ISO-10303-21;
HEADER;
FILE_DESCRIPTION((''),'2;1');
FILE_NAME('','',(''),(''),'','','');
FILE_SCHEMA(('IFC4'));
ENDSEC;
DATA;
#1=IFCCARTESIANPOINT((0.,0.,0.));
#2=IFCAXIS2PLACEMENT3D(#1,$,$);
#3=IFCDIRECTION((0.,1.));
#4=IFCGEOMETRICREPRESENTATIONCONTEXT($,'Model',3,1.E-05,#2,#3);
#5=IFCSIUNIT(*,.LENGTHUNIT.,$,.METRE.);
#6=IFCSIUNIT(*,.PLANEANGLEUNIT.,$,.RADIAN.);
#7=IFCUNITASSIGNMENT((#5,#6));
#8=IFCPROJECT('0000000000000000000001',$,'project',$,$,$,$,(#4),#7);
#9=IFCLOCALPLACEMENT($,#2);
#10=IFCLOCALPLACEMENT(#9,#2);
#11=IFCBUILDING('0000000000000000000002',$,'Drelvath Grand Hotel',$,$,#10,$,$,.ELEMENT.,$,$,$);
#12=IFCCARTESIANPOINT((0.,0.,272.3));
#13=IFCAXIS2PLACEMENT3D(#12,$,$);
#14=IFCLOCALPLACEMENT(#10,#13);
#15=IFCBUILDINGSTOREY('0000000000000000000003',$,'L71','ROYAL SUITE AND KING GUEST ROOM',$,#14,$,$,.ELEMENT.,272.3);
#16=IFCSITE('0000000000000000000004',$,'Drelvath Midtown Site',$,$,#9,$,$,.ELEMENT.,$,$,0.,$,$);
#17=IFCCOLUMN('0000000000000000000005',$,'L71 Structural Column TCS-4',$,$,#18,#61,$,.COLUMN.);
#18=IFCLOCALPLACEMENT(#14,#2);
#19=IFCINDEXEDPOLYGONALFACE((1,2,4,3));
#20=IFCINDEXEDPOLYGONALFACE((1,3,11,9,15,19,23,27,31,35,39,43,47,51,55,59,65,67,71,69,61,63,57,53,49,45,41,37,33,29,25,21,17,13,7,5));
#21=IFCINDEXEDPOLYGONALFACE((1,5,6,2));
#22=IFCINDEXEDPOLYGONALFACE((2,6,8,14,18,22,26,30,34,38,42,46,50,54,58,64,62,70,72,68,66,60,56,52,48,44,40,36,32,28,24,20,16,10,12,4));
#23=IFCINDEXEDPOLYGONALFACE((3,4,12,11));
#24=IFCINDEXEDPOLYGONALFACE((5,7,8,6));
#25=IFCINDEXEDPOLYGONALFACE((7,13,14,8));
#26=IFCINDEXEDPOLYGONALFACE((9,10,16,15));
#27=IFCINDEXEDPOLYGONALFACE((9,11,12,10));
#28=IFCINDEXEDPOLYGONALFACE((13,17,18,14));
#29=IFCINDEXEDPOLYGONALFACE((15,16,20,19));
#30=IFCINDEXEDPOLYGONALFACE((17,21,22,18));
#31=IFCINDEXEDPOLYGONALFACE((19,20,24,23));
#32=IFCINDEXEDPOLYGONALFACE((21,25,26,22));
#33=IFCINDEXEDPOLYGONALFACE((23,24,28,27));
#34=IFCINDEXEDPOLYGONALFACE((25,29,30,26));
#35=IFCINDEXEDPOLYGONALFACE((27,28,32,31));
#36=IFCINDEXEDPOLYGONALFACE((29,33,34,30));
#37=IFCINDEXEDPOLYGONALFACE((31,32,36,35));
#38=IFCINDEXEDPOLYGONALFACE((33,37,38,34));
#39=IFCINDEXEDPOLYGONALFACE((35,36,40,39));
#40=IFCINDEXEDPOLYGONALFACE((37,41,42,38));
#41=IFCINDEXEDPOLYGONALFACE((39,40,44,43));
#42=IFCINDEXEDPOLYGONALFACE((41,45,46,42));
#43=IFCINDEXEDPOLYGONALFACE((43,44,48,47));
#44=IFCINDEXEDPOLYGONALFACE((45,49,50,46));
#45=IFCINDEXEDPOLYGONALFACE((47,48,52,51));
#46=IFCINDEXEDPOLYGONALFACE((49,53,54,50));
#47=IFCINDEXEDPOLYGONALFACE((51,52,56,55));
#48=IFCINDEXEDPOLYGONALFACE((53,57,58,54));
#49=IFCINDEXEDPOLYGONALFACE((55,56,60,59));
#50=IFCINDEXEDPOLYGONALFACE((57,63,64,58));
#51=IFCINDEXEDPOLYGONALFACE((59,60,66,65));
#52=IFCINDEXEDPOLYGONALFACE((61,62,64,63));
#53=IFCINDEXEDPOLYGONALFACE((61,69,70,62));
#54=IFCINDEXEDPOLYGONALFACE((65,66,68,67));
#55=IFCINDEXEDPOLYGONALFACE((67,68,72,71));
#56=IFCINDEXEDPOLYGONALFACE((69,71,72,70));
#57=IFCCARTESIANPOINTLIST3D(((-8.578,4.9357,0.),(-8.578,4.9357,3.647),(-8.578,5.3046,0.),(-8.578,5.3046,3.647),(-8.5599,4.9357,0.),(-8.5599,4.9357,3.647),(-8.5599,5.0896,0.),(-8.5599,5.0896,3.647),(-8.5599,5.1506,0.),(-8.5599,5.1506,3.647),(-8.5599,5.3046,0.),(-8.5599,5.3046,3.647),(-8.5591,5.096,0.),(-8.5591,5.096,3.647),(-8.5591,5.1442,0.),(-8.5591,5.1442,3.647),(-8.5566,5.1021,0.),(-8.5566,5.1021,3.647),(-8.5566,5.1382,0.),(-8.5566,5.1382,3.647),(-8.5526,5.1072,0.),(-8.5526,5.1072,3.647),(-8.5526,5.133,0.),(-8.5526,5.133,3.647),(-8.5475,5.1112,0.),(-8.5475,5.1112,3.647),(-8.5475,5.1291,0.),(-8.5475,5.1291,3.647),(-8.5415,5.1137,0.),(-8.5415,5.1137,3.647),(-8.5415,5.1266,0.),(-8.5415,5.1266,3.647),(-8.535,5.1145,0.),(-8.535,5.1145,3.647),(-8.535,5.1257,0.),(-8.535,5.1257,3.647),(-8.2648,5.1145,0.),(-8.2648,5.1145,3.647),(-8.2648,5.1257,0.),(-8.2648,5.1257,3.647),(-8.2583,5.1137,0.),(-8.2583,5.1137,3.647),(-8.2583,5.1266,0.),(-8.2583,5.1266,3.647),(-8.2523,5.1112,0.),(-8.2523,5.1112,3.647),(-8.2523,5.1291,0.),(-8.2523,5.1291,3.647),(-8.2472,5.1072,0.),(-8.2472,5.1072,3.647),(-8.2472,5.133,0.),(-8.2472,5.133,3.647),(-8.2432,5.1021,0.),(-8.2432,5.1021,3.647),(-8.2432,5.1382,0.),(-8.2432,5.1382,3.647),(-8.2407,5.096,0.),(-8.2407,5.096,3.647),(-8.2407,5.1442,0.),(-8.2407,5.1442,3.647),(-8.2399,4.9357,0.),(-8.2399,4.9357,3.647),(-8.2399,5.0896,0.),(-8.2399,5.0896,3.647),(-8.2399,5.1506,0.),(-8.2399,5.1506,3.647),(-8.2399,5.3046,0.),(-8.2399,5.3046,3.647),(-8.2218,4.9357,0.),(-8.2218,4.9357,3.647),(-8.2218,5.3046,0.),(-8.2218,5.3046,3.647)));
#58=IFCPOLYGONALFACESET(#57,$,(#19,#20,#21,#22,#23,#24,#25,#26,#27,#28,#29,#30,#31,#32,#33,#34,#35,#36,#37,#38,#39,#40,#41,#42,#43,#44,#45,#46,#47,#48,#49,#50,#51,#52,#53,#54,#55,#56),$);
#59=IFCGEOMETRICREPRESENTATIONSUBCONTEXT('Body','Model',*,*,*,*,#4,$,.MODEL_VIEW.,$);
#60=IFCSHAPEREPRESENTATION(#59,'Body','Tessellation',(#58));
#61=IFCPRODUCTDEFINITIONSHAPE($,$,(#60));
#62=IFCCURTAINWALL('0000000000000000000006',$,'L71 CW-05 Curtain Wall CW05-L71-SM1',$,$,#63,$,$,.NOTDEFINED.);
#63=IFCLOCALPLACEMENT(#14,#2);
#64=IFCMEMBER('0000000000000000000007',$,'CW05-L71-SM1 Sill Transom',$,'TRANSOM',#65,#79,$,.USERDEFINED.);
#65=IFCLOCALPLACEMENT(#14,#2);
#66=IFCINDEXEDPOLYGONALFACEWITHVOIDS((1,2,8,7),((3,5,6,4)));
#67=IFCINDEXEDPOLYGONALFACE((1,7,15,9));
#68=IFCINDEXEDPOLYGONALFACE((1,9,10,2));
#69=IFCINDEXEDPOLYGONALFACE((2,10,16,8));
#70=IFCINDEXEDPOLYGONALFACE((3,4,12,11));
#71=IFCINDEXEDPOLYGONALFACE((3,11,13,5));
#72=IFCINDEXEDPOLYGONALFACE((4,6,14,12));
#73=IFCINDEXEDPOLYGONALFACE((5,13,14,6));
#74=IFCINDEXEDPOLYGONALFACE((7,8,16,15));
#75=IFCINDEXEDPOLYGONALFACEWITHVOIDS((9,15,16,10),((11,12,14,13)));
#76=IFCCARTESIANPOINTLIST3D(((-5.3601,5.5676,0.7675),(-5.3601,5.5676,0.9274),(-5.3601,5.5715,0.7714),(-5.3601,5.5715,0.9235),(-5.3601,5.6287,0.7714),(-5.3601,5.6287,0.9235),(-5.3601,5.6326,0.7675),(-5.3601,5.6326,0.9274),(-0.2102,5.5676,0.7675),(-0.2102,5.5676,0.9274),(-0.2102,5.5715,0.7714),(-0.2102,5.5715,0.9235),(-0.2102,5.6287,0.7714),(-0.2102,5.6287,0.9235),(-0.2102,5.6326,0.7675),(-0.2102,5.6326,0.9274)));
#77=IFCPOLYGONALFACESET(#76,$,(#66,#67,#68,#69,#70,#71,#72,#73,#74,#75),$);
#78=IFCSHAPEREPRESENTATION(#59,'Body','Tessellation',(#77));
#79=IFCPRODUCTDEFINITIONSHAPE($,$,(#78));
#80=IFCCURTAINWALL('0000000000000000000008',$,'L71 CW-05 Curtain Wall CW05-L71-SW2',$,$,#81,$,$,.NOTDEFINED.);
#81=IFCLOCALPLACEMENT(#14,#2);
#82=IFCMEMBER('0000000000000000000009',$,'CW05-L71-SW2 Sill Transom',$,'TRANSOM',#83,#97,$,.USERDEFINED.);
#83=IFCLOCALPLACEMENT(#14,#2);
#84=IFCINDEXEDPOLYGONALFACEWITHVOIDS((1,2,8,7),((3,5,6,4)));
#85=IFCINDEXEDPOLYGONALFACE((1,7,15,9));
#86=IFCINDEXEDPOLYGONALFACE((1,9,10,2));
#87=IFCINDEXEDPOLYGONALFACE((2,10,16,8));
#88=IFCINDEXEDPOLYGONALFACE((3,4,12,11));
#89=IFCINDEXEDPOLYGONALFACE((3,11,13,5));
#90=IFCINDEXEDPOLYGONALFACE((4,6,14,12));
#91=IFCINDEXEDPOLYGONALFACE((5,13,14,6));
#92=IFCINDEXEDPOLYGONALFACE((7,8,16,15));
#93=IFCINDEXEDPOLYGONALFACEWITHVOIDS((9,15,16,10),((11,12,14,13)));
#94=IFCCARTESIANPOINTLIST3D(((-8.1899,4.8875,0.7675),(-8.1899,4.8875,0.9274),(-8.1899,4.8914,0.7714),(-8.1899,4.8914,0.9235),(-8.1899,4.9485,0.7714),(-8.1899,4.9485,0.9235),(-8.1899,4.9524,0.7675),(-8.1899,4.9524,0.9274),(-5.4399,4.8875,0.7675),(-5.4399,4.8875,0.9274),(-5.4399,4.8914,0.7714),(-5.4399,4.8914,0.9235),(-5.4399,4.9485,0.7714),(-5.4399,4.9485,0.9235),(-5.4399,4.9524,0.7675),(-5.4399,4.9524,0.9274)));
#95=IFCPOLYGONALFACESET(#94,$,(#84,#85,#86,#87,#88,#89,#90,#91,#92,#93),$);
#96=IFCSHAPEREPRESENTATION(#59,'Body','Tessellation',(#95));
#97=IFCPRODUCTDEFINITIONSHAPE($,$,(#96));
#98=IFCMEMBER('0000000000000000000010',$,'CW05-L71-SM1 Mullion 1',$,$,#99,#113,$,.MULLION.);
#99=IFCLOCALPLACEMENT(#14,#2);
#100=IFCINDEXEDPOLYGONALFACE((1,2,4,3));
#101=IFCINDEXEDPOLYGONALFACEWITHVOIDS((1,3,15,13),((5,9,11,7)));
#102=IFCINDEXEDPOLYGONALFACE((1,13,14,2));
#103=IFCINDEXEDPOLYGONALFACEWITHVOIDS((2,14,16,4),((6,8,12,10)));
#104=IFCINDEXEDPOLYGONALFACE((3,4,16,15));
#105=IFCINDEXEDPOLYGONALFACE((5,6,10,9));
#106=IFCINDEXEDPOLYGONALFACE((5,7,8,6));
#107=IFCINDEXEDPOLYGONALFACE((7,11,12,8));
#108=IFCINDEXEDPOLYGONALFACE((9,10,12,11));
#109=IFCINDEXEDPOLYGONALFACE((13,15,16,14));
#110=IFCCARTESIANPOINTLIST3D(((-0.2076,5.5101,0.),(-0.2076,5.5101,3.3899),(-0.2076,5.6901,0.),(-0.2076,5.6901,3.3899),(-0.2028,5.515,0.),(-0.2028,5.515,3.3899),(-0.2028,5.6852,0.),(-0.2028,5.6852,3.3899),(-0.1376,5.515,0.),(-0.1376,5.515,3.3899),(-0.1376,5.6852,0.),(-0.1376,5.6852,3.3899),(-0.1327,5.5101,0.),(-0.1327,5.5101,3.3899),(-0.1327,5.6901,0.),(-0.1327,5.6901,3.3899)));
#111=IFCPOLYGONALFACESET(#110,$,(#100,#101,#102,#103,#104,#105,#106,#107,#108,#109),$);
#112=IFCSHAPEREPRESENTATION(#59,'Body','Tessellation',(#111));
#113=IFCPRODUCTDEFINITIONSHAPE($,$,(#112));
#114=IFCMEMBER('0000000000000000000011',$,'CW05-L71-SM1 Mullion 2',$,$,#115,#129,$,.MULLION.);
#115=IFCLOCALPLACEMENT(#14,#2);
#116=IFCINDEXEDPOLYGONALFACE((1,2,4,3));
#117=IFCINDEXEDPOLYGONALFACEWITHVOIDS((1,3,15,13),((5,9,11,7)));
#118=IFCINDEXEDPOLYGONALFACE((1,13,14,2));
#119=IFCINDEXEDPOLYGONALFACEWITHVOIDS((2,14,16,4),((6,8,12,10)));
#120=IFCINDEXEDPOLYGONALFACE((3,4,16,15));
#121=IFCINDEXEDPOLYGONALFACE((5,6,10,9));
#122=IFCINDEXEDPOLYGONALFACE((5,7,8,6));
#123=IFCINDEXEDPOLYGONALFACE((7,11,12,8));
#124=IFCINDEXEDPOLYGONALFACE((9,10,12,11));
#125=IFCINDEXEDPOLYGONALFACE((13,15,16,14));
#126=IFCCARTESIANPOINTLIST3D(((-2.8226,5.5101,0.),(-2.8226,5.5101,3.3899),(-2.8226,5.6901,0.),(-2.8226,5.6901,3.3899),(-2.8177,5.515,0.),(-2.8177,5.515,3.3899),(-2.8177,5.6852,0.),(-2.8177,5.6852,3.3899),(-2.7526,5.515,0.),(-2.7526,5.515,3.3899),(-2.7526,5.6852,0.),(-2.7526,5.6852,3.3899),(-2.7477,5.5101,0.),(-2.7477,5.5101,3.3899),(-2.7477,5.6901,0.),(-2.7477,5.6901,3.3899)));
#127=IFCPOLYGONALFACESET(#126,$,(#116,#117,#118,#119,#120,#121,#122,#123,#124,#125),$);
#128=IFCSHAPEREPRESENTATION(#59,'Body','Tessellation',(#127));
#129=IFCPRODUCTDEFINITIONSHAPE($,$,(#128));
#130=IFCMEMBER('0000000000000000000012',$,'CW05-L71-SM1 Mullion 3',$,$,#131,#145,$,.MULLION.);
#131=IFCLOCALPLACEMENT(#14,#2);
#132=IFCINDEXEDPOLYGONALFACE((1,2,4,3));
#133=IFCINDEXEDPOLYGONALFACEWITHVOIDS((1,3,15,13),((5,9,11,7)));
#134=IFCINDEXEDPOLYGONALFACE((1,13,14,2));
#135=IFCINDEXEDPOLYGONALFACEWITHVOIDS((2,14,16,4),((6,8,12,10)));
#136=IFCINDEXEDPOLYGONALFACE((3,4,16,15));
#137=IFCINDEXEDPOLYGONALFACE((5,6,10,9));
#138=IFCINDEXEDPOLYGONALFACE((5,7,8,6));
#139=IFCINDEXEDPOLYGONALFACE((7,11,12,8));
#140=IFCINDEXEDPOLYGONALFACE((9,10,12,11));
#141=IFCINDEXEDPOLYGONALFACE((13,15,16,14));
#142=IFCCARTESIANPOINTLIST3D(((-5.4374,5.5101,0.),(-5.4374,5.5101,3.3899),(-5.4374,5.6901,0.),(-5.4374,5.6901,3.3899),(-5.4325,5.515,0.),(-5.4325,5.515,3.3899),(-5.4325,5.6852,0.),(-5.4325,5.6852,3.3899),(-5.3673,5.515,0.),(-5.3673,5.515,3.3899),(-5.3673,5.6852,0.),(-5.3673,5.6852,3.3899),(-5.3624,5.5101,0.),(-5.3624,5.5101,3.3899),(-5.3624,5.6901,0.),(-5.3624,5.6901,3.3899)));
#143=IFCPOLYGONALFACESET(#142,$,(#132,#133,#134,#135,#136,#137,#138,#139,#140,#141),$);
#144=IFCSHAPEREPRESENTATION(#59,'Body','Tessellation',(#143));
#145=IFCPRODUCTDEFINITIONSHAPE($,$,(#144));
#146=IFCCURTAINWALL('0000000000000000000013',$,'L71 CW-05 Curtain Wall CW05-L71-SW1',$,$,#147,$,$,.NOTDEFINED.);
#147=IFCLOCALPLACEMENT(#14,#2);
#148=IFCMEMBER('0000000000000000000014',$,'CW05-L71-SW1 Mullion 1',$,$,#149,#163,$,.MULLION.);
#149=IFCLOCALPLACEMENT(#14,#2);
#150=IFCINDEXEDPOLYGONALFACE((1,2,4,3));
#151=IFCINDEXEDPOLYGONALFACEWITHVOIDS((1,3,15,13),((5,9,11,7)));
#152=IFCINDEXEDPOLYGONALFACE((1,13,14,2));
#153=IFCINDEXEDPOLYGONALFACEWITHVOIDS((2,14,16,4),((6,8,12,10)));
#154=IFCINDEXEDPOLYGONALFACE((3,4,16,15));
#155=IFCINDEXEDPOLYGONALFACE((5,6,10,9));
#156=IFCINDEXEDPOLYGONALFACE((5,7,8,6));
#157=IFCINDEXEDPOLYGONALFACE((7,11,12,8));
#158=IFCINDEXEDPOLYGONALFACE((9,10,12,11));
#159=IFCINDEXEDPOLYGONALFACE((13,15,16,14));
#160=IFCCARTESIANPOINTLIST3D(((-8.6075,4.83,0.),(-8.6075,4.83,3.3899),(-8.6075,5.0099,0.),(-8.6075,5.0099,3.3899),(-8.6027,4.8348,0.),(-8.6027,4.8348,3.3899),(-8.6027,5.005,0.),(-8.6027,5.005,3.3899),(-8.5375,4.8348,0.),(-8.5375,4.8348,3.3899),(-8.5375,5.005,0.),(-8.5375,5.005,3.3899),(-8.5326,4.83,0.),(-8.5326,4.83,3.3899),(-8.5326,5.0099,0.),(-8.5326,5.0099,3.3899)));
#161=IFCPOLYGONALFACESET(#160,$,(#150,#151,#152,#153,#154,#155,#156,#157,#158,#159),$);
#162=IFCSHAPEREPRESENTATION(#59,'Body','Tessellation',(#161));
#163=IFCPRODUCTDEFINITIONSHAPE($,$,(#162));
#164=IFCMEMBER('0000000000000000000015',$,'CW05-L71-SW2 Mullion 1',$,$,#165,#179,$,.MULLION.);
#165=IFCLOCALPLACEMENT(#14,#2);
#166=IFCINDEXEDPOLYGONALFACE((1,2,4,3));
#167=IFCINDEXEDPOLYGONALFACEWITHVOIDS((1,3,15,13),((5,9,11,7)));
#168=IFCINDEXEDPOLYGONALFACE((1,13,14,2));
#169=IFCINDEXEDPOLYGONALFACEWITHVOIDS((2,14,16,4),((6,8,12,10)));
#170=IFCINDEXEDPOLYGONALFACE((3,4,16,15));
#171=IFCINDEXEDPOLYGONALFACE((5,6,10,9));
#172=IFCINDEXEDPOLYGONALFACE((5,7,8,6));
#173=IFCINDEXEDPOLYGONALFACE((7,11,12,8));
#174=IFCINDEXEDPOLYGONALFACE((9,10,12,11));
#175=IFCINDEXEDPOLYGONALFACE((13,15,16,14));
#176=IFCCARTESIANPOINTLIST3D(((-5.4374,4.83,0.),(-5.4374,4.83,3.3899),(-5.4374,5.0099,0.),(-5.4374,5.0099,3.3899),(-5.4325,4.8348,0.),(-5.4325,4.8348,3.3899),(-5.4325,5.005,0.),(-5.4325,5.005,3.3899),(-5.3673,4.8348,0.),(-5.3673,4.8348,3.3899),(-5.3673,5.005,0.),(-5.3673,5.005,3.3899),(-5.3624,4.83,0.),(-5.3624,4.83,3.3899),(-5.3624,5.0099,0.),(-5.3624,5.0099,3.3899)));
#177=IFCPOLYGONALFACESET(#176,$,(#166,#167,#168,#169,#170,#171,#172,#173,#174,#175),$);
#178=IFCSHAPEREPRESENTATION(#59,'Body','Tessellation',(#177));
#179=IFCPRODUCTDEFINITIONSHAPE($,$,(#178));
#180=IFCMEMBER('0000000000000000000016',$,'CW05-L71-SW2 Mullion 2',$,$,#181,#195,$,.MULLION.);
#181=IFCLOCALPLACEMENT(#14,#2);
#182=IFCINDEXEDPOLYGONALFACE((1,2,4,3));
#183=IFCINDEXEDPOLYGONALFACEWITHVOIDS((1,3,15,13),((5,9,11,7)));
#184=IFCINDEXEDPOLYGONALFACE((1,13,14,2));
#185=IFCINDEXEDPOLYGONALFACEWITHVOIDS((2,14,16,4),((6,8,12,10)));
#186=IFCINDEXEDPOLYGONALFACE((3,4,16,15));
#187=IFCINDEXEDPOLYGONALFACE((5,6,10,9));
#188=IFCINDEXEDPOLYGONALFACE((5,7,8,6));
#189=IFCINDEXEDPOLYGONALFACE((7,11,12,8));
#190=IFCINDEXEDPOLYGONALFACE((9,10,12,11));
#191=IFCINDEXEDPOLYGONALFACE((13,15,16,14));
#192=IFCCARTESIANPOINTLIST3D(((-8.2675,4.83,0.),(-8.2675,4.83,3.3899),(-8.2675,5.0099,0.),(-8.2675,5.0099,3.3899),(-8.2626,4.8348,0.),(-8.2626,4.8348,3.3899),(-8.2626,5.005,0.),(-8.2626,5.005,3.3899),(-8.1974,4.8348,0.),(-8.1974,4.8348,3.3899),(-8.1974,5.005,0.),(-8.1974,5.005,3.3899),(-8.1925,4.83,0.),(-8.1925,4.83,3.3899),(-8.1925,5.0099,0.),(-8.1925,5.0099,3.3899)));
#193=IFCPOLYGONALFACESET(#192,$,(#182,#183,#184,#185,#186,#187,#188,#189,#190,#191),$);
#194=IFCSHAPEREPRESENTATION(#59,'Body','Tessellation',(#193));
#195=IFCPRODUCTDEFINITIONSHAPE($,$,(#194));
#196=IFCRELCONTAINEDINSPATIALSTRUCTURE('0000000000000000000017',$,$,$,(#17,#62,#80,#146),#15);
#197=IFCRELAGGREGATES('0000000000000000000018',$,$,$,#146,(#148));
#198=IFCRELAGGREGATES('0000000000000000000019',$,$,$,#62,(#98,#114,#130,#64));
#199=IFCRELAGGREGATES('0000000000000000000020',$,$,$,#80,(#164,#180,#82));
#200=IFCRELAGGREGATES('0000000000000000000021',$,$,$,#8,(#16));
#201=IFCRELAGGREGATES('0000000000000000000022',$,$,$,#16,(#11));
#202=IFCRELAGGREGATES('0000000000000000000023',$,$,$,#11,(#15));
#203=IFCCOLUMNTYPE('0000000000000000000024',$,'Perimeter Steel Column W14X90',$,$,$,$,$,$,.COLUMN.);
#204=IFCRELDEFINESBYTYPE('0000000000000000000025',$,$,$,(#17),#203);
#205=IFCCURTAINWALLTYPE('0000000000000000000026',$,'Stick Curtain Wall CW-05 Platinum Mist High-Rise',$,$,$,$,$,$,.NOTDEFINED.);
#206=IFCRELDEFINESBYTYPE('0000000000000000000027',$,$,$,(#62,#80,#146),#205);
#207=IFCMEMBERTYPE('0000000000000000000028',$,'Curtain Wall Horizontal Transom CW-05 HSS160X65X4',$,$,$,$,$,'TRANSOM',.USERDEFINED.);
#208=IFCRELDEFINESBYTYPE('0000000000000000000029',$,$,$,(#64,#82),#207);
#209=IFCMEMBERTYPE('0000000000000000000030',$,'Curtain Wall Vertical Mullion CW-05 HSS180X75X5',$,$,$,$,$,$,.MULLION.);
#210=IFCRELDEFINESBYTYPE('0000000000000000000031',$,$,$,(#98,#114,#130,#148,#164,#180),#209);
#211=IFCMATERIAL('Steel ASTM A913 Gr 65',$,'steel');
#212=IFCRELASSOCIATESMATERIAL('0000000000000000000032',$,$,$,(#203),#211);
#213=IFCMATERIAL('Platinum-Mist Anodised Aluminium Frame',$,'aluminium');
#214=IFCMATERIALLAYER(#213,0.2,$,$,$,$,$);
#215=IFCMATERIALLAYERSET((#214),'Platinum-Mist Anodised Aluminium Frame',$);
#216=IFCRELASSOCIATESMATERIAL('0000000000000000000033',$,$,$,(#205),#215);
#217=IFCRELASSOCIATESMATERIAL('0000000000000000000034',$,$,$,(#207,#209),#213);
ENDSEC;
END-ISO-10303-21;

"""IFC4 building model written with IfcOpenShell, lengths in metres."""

from ifc_helpers import new_model, si_unit, direction, frame, origin, origin_2d, place, context, subcontext, project, spatial, hollow_rectangle, i_section, extrude, material, layer, layer_set, material_profile, profile_set, type_object, element, aggregate, save


model = new_model("IFC4")

# Units and contexts
model_context = context("Model", 3, precision=1e-05, world=origin(), true_north=direction((0.0, 1.0)))
body_context = subcontext(model_context, "Body", "Model", "MODEL_VIEW")
ifc_project = project(units=[si_unit("LENGTHUNIT", "METRE"), si_unit("PLANEANGLEUNIT", "RADIAN")], contexts=[model_context])

# Site, building, storey
site_placement = place(None, origin())
site = spatial("IfcSite", under=ifc_project, at=site_placement, Name="Drelvath Midtown Site", CompositionType="ELEMENT", RefElevation=0.0)
building_placement = place(site_placement, origin())
building = spatial("IfcBuilding", under=site, at=building_placement, Name="Drelvath Grand Hotel", CompositionType="ELEMENT")
storey_placement = place(building_placement, frame((0.0, 0.0, 272.3)))
storey = spatial("IfcBuildingStorey", under=building, at=storey_placement, Name="L71", Description="ROYAL SUITE AND KING GUEST ROOM", CompositionType="ELEMENT", Elevation=272.3)

# Column
ifc_material_1 = material(Name="Steel ASTM A913 Gr 65", Category="steel")
ifc_material_profile_1 = material_profile(ifc_material_1, i_section(OverallWidth=0.3689, OverallDepth=0.3562, WebThickness=0.0112, FlangeThickness=0.0181, FilletRadius=0.0249, at=origin_2d()), Name="W14X90")
ifc_profile_set_1 = profile_set([ifc_material_profile_1], Name="Steel ASTM A913 Gr 65")
column_type = type_object("IfcColumnType", Name="Perimeter Steel Column W14X90", PredefinedType="COLUMN", material=ifc_profile_set_1)
column_placement = place(storey_placement, frame((-8.3999, 5.1201, 0.0), z_axis=(0.0, 0.0, 1.0), x_axis=(0.0, 1.0, 0.0)))
element("IfcColumn", 1, at=column_placement, inside=storey, type_object=column_type, Name="L71 Structural Column TCS-4", PredefinedType="COLUMN", context=body_context, shape_type="SweptSolid", body=[
    extrude(i_section(OverallWidth=0.3689, OverallDepth=0.3562, WebThickness=0.0112, FlangeThickness=0.0181, FilletRadius=0.0249, at=origin_2d()), origin(), (0.0, 0.0, 1.0), 3.647),
])

# Curtain walls, members
ifc_material_2 = material(Name="Platinum-Mist Anodised Aluminium Frame", Category="aluminium")
ifc_layer_1 = layer(ifc_material_2, 0.2)
ifc_layer_set_1 = layer_set([ifc_layer_1], Name="Platinum-Mist Anodised Aluminium Frame")
curtain_wall_type = type_object("IfcCurtainWallType", Name="Stick Curtain Wall CW-05 Platinum Mist High-Rise", PredefinedType="NOTDEFINED", material=ifc_layer_set_1)
curtain_wall_1_placement = place(storey_placement, origin())
curtain_wall_1 = element("IfcCurtainWall", 2, at=curtain_wall_1_placement, inside=storey, type_object=curtain_wall_type, Name="L71 CW-05 Curtain Wall CW05-L71-SM1", PredefinedType="NOTDEFINED")
ifc_material_profile_2 = material_profile(ifc_material_2, hollow_rectangle(XDim=0.0649, YDim=0.1599, WallThickness=0.0039, at=origin_2d()), Name="HSS160X65X4")
ifc_profile_set_2 = profile_set([ifc_material_profile_2], Name="Platinum-Mist Anodised Aluminium Frame")
member_type_1 = type_object("IfcMemberType", Name="Curtain Wall Horizontal Transom CW-05 HSS160X65X4", ElementType="TRANSOM", PredefinedType="USERDEFINED", material=ifc_profile_set_2)
member_1_placement = place(storey_placement, frame((-0.2102, 5.6001, 0.8474), z_axis=(-1.0, 0.0, 0.0), x_axis=(0.0, -1.0, 0.0)))
member_1 = element("IfcMember", 3, at=member_1_placement, type_object=member_type_1, Name="CW05-L71-SM1 Sill Transom", ObjectType="TRANSOM", PredefinedType="USERDEFINED", context=body_context, shape_type="SweptSolid", body=[
    extrude(hollow_rectangle(XDim=0.0649, YDim=0.1599, WallThickness=0.0039, at=origin_2d()), origin(), (0.0, 0.0, 1.0), 5.1499),
])
curtain_wall_2_placement = place(storey_placement, origin())
curtain_wall_2 = element("IfcCurtainWall", 4, at=curtain_wall_2_placement, inside=storey, type_object=curtain_wall_type, Name="L71 CW-05 Curtain Wall CW05-L71-SW2", PredefinedType="NOTDEFINED")
member_2_placement = place(storey_placement, frame((-5.4399, 4.9199, 0.8474), z_axis=(-1.0, 0.0, 0.0), x_axis=(0.0, -1.0, 0.0)))
member_2 = element("IfcMember", 5, at=member_2_placement, type_object=member_type_1, Name="CW05-L71-SW2 Sill Transom", ObjectType="TRANSOM", PredefinedType="USERDEFINED", context=body_context, shape_type="SweptSolid", body=[
    extrude(hollow_rectangle(XDim=0.0649, YDim=0.1599, WallThickness=0.0039, at=origin_2d()), origin(), (0.0, 0.0, 1.0), 2.75),
])

# Members
ifc_material_profile_3 = material_profile(ifc_material_2, hollow_rectangle(XDim=0.075, YDim=0.1799, WallThickness=0.0049, at=origin_2d()), Name="HSS180X75X5")
ifc_profile_set_3 = profile_set([ifc_material_profile_3], Name="Platinum-Mist Anodised Aluminium Frame")
member_type_2 = type_object("IfcMemberType", Name="Curtain Wall Vertical Mullion CW-05 HSS180X75X5", PredefinedType="MULLION", material=ifc_profile_set_3)
member_3_placement = place(storey_placement, frame((-0.1702, 5.6001, 0.0), z_axis=(0.0, 0.0, 1.0), x_axis=(1.0, 0.0, 0.0)))
member_3 = element("IfcMember", 6, at=member_3_placement, type_object=member_type_2, Name="CW05-L71-SM1 Mullion 1", PredefinedType="MULLION", context=body_context, shape_type="SweptSolid", body=[
    extrude(hollow_rectangle(XDim=0.075, YDim=0.1799, WallThickness=0.0049, at=origin_2d()), origin(), (0.0, 0.0, 1.0), 3.3899),
])
member_4_placement = place(storey_placement, frame((-2.7852, 5.6001, 0.0), z_axis=(0.0, 0.0, 1.0), x_axis=(1.0, 0.0, 0.0)))
member_4 = element("IfcMember", 7, at=member_4_placement, type_object=member_type_2, Name="CW05-L71-SM1 Mullion 2", PredefinedType="MULLION", context=body_context, shape_type="SweptSolid", body=[
    extrude(hollow_rectangle(XDim=0.075, YDim=0.1799, WallThickness=0.0049, at=origin_2d()), origin(), (0.0, 0.0, 1.0), 3.3899),
])
member_5_placement = place(storey_placement, frame((-5.3999, 5.6001, 0.0), z_axis=(0.0, 0.0, 1.0), x_axis=(1.0, 0.0, 0.0)))
member_5 = element("IfcMember", 8, at=member_5_placement, type_object=member_type_2, Name="CW05-L71-SM1 Mullion 3", PredefinedType="MULLION", context=body_context, shape_type="SweptSolid", body=[
    extrude(hollow_rectangle(XDim=0.075, YDim=0.1799, WallThickness=0.0049, at=origin_2d()), origin(), (0.0, 0.0, 1.0), 3.3899),
])

# Curtain wall, member
curtain_wall_3_placement = place(storey_placement, origin())
curtain_wall_3 = element("IfcCurtainWall", 9, at=curtain_wall_3_placement, inside=storey, type_object=curtain_wall_type, Name="L71 CW-05 Curtain Wall CW05-L71-SW1", PredefinedType="NOTDEFINED")
member_6_placement = place(storey_placement, frame((-8.5701, 4.9199, 0.0), z_axis=(0.0, 0.0, 1.0), x_axis=(1.0, 0.0, 0.0)))
member_6 = element("IfcMember", 10, at=member_6_placement, type_object=member_type_2, Name="CW05-L71-SW1 Mullion 1", PredefinedType="MULLION", context=body_context, shape_type="SweptSolid", body=[
    extrude(hollow_rectangle(XDim=0.075, YDim=0.1799, WallThickness=0.0049, at=origin_2d()), origin(), (0.0, 0.0, 1.0), 3.3899),
])
aggregate(curtain_wall_3, [member_6])

# Members
member_7_placement = place(storey_placement, frame((-5.3999, 4.9199, 0.0), z_axis=(0.0, 0.0, 1.0), x_axis=(1.0, 0.0, 0.0)))
member_7 = element("IfcMember", 11, at=member_7_placement, type_object=member_type_2, Name="CW05-L71-SW2 Mullion 1", PredefinedType="MULLION", context=body_context, shape_type="SweptSolid", body=[
    extrude(hollow_rectangle(XDim=0.075, YDim=0.1799, WallThickness=0.0049, at=origin_2d()), origin(), (0.0, 0.0, 1.0), 3.3899),
])
member_8_placement = place(storey_placement, frame((-8.23, 4.9199, 0.0), z_axis=(0.0, 0.0, 1.0), x_axis=(1.0, 0.0, 0.0)))
member_8 = element("IfcMember", 12, at=member_8_placement, type_object=member_type_2, Name="CW05-L71-SW2 Mullion 2", PredefinedType="MULLION", context=body_context, shape_type="SweptSolid", body=[
    extrude(hollow_rectangle(XDim=0.075, YDim=0.1799, WallThickness=0.0049, at=origin_2d()), origin(), (0.0, 0.0, 1.0), 3.3899),
])

aggregate(curtain_wall_1, [member_3, member_4, member_5, member_1])
aggregate(curtain_wall_2, [member_7, member_8, member_2])

save(model, "model.ifc")
